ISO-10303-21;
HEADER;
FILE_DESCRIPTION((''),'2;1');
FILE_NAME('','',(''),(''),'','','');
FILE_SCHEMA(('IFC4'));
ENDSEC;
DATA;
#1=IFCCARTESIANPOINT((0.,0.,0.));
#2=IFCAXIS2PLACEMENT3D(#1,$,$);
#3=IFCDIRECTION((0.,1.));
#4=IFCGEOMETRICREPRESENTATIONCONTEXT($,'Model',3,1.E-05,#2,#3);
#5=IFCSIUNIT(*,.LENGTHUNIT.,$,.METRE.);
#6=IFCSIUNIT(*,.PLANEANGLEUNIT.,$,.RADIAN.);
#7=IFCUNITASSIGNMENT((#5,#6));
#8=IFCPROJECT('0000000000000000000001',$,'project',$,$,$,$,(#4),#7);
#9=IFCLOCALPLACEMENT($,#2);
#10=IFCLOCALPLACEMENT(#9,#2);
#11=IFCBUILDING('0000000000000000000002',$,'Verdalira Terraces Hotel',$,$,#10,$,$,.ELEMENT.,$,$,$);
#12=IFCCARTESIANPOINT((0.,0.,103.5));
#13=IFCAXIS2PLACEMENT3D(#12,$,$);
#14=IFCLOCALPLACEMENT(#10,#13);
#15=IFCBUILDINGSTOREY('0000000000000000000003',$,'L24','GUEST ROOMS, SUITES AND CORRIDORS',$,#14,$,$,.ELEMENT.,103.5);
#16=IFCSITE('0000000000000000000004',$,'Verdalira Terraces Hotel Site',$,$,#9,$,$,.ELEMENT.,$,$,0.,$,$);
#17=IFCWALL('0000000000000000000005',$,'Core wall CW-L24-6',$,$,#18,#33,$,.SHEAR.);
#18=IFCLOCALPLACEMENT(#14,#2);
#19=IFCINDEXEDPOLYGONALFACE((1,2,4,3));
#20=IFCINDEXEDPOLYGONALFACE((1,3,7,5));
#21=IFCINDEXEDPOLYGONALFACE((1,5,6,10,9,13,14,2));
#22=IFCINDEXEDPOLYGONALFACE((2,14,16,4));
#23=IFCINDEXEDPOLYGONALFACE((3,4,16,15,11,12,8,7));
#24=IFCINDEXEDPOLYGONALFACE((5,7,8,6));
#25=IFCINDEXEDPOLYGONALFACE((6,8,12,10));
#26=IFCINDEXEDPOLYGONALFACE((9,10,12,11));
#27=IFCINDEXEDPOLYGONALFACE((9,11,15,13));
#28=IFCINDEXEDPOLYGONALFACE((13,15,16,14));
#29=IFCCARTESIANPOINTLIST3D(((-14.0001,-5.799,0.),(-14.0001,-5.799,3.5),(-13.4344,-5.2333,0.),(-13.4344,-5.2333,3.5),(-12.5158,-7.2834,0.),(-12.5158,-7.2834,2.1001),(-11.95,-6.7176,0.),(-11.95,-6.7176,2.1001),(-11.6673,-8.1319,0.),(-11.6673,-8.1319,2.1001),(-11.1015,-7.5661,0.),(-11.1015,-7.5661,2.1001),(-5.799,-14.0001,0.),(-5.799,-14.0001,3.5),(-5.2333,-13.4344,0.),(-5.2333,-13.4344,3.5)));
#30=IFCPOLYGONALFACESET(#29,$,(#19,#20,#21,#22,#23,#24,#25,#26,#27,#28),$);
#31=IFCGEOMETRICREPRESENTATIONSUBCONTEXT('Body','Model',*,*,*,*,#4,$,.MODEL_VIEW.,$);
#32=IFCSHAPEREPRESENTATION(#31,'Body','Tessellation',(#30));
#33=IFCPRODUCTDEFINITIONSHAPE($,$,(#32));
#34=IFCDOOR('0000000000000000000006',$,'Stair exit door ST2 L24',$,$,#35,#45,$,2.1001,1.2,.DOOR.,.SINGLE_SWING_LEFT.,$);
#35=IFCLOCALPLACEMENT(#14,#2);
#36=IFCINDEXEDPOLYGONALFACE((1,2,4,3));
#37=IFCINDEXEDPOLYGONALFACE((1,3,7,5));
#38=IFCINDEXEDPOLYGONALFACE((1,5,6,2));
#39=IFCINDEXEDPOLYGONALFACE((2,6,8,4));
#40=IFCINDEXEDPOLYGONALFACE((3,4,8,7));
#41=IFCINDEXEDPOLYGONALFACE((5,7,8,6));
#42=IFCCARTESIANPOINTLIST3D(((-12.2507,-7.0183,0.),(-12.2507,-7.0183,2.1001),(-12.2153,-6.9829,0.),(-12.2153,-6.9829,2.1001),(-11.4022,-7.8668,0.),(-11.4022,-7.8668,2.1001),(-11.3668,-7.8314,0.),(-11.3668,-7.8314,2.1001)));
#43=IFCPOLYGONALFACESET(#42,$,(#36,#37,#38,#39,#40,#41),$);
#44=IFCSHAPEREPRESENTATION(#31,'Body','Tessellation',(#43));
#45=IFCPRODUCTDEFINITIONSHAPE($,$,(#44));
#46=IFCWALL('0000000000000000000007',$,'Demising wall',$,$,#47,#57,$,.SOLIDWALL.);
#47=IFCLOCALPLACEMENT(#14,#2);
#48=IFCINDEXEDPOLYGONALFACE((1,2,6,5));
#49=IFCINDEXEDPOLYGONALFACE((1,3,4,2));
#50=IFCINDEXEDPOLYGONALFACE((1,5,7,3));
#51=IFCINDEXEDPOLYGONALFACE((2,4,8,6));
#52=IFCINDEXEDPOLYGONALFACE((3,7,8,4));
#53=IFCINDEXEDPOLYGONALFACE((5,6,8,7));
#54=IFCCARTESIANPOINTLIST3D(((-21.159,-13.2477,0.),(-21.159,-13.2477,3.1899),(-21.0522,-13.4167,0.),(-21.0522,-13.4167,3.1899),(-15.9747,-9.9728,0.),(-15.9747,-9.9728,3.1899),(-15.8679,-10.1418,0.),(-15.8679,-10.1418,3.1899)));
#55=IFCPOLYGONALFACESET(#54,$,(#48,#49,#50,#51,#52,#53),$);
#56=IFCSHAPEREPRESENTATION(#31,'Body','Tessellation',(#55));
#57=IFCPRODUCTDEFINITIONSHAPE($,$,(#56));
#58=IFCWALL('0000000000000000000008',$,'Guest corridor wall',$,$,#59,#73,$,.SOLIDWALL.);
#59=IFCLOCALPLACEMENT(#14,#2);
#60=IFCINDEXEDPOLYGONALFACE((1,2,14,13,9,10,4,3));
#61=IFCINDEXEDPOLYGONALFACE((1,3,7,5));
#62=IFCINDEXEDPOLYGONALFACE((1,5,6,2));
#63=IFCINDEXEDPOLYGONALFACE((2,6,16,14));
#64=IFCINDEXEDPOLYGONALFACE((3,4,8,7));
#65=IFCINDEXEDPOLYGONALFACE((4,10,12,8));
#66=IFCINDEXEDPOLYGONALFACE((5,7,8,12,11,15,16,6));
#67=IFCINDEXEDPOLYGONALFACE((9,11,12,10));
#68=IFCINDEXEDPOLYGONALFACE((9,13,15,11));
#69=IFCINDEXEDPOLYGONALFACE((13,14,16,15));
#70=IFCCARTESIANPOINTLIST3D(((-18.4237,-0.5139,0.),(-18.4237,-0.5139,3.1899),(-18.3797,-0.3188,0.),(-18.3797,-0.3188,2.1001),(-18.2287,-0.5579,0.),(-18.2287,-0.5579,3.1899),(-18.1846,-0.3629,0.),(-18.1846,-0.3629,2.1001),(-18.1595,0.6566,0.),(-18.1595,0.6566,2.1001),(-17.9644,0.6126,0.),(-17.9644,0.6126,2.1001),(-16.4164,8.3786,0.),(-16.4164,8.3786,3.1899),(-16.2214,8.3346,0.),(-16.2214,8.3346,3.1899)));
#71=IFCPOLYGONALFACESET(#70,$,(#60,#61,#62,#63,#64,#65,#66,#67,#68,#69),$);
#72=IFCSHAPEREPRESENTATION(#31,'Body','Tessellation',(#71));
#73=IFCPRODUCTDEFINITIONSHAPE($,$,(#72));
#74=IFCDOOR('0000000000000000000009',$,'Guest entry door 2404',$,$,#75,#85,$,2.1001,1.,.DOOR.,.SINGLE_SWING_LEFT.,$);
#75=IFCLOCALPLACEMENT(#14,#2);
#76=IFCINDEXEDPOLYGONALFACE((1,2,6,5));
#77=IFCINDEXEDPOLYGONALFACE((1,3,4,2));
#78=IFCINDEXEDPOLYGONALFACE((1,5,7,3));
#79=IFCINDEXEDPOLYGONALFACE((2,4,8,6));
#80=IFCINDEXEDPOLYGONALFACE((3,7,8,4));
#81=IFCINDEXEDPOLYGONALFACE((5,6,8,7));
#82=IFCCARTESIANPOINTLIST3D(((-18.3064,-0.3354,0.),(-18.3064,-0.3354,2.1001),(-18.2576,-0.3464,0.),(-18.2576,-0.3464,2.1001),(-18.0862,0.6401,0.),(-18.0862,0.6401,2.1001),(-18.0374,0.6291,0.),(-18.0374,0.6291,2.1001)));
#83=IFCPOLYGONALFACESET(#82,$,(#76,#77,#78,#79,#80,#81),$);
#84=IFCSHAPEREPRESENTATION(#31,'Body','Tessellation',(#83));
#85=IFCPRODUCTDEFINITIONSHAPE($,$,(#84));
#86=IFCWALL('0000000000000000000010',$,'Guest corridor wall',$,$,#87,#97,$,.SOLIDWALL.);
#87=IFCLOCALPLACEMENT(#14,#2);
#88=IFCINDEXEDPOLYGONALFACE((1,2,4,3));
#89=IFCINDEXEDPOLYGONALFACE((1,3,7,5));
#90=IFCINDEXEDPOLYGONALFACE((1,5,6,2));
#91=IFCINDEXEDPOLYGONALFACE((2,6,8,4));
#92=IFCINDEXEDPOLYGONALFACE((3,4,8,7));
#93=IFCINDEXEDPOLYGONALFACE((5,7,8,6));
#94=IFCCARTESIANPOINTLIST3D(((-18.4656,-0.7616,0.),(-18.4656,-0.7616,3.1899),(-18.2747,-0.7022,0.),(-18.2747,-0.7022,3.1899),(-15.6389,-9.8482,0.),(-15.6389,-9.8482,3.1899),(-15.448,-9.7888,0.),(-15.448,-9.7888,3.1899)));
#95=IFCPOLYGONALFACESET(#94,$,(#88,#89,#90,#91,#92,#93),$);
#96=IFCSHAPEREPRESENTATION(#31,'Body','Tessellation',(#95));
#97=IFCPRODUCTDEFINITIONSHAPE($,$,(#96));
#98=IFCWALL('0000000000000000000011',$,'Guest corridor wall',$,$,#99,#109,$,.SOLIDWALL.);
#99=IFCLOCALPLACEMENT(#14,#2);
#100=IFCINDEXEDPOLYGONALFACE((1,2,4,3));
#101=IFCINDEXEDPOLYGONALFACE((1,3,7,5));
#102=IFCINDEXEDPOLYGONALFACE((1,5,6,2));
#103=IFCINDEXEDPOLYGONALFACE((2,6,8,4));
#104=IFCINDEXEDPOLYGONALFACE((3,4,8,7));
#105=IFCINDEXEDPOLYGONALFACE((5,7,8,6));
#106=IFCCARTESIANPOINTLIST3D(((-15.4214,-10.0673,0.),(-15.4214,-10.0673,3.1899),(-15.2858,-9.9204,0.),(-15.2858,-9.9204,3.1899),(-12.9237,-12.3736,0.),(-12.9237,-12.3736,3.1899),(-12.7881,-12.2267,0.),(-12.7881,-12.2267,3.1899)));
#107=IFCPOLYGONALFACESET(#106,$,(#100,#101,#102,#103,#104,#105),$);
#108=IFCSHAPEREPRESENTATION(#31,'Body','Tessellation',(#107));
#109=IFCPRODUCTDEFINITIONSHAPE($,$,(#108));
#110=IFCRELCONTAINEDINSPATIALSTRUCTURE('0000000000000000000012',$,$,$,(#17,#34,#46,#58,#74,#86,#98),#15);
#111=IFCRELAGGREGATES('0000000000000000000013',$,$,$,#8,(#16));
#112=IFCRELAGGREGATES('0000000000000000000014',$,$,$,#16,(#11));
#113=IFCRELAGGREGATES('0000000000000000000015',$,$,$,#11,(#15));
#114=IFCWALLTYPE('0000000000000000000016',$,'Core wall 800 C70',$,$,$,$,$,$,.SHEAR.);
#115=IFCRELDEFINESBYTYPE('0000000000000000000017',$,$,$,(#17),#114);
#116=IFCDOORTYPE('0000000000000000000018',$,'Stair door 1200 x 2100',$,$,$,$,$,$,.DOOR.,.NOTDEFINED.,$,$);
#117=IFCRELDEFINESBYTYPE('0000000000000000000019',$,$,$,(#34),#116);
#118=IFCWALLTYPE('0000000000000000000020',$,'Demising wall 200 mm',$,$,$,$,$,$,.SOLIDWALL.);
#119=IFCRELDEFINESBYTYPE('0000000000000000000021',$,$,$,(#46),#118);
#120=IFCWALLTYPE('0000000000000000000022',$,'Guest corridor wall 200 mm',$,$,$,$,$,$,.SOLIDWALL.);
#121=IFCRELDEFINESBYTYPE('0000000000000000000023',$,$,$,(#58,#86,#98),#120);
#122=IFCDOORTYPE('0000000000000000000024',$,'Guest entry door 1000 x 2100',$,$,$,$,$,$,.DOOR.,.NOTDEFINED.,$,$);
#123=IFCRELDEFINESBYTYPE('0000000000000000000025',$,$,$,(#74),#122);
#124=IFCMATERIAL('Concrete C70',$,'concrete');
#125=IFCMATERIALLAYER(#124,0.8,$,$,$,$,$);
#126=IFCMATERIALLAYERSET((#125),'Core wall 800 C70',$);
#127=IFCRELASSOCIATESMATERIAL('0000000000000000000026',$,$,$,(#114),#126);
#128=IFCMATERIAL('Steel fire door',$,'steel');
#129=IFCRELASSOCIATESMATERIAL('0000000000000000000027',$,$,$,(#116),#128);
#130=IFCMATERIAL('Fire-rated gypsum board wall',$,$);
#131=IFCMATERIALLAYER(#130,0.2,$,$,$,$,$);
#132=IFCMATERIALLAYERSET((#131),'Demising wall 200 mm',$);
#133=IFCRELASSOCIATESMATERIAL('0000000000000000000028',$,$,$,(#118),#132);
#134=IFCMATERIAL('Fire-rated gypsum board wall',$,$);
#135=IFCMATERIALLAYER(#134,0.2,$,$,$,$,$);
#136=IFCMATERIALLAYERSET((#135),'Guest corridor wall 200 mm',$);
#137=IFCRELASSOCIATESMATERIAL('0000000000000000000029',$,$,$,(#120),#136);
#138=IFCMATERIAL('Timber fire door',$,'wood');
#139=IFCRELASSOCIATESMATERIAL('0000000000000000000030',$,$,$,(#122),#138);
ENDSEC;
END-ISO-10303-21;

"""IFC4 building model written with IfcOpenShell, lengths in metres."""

from ifc_helpers import new_model, si_unit, direction, frame, frame_2d, origin, place, context, subcontext, project, spatial, rectangle, extrude, material, layer, layer_set, type_object, element, fill, save


model = new_model("IFC4")

# Units and contexts
model_context = context("Model", 3, precision=1e-05, world=origin(), true_north=direction((0.0, 1.0)))
body_context = subcontext(model_context, "Body", "Model", "MODEL_VIEW")
ifc_project = project(units=[si_unit("LENGTHUNIT", "METRE"), si_unit("PLANEANGLEUNIT", "RADIAN")], contexts=[model_context])

# Site, building, storey
site_placement = place(None, origin())
site = spatial("IfcSite", under=ifc_project, at=site_placement, Name="Verdalira Terraces Hotel Site", CompositionType="ELEMENT", RefElevation=0.0)
building_placement = place(site_placement, origin())
building = spatial("IfcBuilding", under=site, at=building_placement, Name="Verdalira Terraces Hotel", CompositionType="ELEMENT")
storey_placement = place(building_placement, frame((0.0, 0.0, 103.5)))
storey = spatial("IfcBuildingStorey", under=building, at=storey_placement, Name="L24", Description="GUEST ROOMS, SUITES AND CORRIDORS", CompositionType="ELEMENT", Elevation=103.5)

# Wall, opening, door
ifc_material_1 = material(Name="Concrete C70", Category="concrete")
ifc_layer_1 = layer(ifc_material_1, 0.8)
ifc_layer_set_1 = layer_set([ifc_layer_1], Name="Core wall 800 C70")
wall_type_1 = type_object("IfcWallType", Name="Core wall 800 C70", PredefinedType="SHEAR", material=ifc_layer_set_1)
wall_1_placement = place(storey_placement, frame((-13.7173, -5.5161, 0.0), z_axis=(0.0, 0.0, 1.0), x_axis=(0.707107, -0.707107, 0.0)))
wall_1 = element("IfcWall", 1, at=wall_1_placement, inside=storey, type_object=wall_type_1, Name="Core wall CW-L24-6", PredefinedType="SHEAR", context=body_context, shape_type="SweptSolid", body=[
    extrude(rectangle(XDim=11.5981, YDim=0.8, at=frame_2d((5.7991, 0.0))), origin(), (0.0, 0.0, 1.0), 3.5),
])
opening_1_placement = place(wall_1_placement, frame((2.0991, 0.0, 0.0)))
opening_1 = element("IfcOpeningElement", 2, at=opening_1_placement, cuts=wall_1, PredefinedType="OPENING", context=body_context, shape_type="SweptSolid", body=[
    extrude(rectangle(XDim=1.2, YDim=2.1001, at=frame_2d((0.6001, 1.05))), frame((0.0, 0.4099, 0.0), z_axis=(0.0, -1.0, 0.0), x_axis=(1.0, 0.0, 0.0)), (0.0, 0.0, 1.0), 0.8201),
])
ifc_material_2 = material(Name="Steel fire door", Category="steel")
door_type_1 = type_object("IfcDoorType", Name="Stair door 1200 x 2100", OperationType="NOTDEFINED", PredefinedType="DOOR", material=ifc_material_2)
door_1_placement = place(opening_1_placement, origin())
door_1 = element("IfcDoor", 3, at=door_1_placement, inside=storey, type_object=door_type_1, Name="Stair exit door ST2 L24", OperationType="SINGLE_SWING_LEFT", OverallHeight=2.1001, OverallWidth=1.2, PredefinedType="DOOR", context=body_context, shape_type="SweptSolid", body=[
    extrude(rectangle(XDim=1.2, YDim=2.1001, at=frame_2d((0.6001, 1.05))), frame((0.0, 0.0249, 0.0), z_axis=(0.0, -1.0, 0.0), x_axis=(1.0, 0.0, 0.0)), (0.0, 0.0, 1.0), 0.05),
])
fill(opening_1, door_1)

# Wall
ifc_material_3 = material(Name="Fire-rated gypsum board wall")
ifc_layer_2 = layer(ifc_material_3, 0.2)
ifc_layer_set_2 = layer_set([ifc_layer_2], Name="Demising wall 200 mm")
wall_type_2 = type_object("IfcWallType", Name="Demising wall 200 mm", PredefinedType="SOLIDWALL", material=ifc_layer_set_2)
wall_2_placement = place(storey_placement, frame((-15.9214, -10.0574, 0.0), z_axis=(0.0, 0.0, 1.0), x_axis=(-0.845445, -0.534062, 0.0)))
element("IfcWall", 4, at=wall_2_placement, inside=storey, type_object=wall_type_2, Name="Demising wall", PredefinedType="SOLIDWALL", context=body_context, shape_type="SweptSolid", body=[
    extrude(rectangle(XDim=6.1321, YDim=0.2, at=frame_2d((3.0659, 0.0))), origin(), (0.0, 0.0, 1.0), 3.1899),
])

# Wall, opening, door
ifc_material_4 = material(Name="Fire-rated gypsum board wall")
ifc_layer_3 = layer(ifc_material_4, 0.2)
ifc_layer_set_3 = layer_set([ifc_layer_3], Name="Guest corridor wall 200 mm")
wall_type_3 = type_object("IfcWallType", Name="Guest corridor wall 200 mm", PredefinedType="SOLIDWALL", material=ifc_layer_set_3)
wall_3_placement = place(storey_placement, frame((-18.3262, -0.5359, 0.0), z_axis=(0.0, 0.0, 1.0), x_axis=(0.22019, 0.975457, 0.0)))
wall_3 = element("IfcWall", 5, at=wall_3_placement, inside=storey, type_object=wall_type_3, Name="Guest corridor wall", PredefinedType="SOLIDWALL", context=body_context, shape_type="SweptSolid", body=[
    extrude(rectangle(XDim=9.1162, YDim=0.2, at=frame_2d((4.5581, 0.0))), origin(), (0.0, 0.0, 1.0), 3.1899),
])
opening_2_placement = place(wall_3_placement, frame((0.2, 0.0, 0.0)))
opening_2 = element("IfcOpeningElement", 6, at=opening_2_placement, cuts=wall_3, PredefinedType="OPENING", context=body_context, shape_type="SweptSolid", body=[
    extrude(rectangle(XDim=1.0, YDim=2.1001, at=frame_2d((0.5, 1.05))), frame((0.0, 0.1099, 0.0), z_axis=(0.0, -1.0, 0.0), x_axis=(1.0, 0.0, 0.0)), (0.0, 0.0, 1.0), 0.22),
])
ifc_material_5 = material(Name="Timber fire door", Category="wood")
door_type_2 = type_object("IfcDoorType", Name="Guest entry door 1000 x 2100", OperationType="NOTDEFINED", PredefinedType="DOOR", material=ifc_material_5)
door_2_placement = place(opening_2_placement, origin())
door_2 = element("IfcDoor", 7, at=door_2_placement, inside=storey, type_object=door_type_2, Name="Guest entry door 2404", OperationType="SINGLE_SWING_LEFT", OverallHeight=2.1001, OverallWidth=1.0, PredefinedType="DOOR", context=body_context, shape_type="SweptSolid", body=[
    extrude(rectangle(XDim=1.0, YDim=2.1001, at=frame_2d((0.5, 1.05))), frame((0.0, 0.0249, 0.0), z_axis=(0.0, -1.0, 0.0), x_axis=(1.0, 0.0, 0.0)), (0.0, 0.0, 1.0), 0.05),
])
fill(opening_2, door_2)

# Walls
wall_4_placement = place(storey_placement, frame((-18.3701, -0.7319, 0.0), z_axis=(0.0, 0.0, 1.0), x_axis=(0.297037, -0.954866, 0.0)))
element("IfcWall", 8, at=wall_4_placement, inside=storey, type_object=wall_type_3, Name="Guest corridor wall", PredefinedType="SOLIDWALL", context=body_context, shape_type="SweptSolid", body=[
    extrude(rectangle(XDim=9.5161, YDim=0.2, at=frame_2d((4.7581, 0.0))), origin(), (0.0, 0.0, 1.0), 3.1899),
])
wall_5_placement = place(storey_placement, frame((-15.3535, -9.9939, 0.0), z_axis=(0.0, 0.0, 1.0), x_axis=(0.734696, -0.678396, 0.0)))
element("IfcWall", 9, at=wall_5_placement, inside=storey, type_object=wall_type_3, Name="Guest corridor wall", PredefinedType="SOLIDWALL", context=body_context, shape_type="SweptSolid", body=[
    extrude(rectangle(XDim=3.3997, YDim=0.2, at=frame_2d((1.6997, 0.0))), origin(), (0.0, 0.0, 1.0), 3.1899),
])

save(model, "model.ifc")
